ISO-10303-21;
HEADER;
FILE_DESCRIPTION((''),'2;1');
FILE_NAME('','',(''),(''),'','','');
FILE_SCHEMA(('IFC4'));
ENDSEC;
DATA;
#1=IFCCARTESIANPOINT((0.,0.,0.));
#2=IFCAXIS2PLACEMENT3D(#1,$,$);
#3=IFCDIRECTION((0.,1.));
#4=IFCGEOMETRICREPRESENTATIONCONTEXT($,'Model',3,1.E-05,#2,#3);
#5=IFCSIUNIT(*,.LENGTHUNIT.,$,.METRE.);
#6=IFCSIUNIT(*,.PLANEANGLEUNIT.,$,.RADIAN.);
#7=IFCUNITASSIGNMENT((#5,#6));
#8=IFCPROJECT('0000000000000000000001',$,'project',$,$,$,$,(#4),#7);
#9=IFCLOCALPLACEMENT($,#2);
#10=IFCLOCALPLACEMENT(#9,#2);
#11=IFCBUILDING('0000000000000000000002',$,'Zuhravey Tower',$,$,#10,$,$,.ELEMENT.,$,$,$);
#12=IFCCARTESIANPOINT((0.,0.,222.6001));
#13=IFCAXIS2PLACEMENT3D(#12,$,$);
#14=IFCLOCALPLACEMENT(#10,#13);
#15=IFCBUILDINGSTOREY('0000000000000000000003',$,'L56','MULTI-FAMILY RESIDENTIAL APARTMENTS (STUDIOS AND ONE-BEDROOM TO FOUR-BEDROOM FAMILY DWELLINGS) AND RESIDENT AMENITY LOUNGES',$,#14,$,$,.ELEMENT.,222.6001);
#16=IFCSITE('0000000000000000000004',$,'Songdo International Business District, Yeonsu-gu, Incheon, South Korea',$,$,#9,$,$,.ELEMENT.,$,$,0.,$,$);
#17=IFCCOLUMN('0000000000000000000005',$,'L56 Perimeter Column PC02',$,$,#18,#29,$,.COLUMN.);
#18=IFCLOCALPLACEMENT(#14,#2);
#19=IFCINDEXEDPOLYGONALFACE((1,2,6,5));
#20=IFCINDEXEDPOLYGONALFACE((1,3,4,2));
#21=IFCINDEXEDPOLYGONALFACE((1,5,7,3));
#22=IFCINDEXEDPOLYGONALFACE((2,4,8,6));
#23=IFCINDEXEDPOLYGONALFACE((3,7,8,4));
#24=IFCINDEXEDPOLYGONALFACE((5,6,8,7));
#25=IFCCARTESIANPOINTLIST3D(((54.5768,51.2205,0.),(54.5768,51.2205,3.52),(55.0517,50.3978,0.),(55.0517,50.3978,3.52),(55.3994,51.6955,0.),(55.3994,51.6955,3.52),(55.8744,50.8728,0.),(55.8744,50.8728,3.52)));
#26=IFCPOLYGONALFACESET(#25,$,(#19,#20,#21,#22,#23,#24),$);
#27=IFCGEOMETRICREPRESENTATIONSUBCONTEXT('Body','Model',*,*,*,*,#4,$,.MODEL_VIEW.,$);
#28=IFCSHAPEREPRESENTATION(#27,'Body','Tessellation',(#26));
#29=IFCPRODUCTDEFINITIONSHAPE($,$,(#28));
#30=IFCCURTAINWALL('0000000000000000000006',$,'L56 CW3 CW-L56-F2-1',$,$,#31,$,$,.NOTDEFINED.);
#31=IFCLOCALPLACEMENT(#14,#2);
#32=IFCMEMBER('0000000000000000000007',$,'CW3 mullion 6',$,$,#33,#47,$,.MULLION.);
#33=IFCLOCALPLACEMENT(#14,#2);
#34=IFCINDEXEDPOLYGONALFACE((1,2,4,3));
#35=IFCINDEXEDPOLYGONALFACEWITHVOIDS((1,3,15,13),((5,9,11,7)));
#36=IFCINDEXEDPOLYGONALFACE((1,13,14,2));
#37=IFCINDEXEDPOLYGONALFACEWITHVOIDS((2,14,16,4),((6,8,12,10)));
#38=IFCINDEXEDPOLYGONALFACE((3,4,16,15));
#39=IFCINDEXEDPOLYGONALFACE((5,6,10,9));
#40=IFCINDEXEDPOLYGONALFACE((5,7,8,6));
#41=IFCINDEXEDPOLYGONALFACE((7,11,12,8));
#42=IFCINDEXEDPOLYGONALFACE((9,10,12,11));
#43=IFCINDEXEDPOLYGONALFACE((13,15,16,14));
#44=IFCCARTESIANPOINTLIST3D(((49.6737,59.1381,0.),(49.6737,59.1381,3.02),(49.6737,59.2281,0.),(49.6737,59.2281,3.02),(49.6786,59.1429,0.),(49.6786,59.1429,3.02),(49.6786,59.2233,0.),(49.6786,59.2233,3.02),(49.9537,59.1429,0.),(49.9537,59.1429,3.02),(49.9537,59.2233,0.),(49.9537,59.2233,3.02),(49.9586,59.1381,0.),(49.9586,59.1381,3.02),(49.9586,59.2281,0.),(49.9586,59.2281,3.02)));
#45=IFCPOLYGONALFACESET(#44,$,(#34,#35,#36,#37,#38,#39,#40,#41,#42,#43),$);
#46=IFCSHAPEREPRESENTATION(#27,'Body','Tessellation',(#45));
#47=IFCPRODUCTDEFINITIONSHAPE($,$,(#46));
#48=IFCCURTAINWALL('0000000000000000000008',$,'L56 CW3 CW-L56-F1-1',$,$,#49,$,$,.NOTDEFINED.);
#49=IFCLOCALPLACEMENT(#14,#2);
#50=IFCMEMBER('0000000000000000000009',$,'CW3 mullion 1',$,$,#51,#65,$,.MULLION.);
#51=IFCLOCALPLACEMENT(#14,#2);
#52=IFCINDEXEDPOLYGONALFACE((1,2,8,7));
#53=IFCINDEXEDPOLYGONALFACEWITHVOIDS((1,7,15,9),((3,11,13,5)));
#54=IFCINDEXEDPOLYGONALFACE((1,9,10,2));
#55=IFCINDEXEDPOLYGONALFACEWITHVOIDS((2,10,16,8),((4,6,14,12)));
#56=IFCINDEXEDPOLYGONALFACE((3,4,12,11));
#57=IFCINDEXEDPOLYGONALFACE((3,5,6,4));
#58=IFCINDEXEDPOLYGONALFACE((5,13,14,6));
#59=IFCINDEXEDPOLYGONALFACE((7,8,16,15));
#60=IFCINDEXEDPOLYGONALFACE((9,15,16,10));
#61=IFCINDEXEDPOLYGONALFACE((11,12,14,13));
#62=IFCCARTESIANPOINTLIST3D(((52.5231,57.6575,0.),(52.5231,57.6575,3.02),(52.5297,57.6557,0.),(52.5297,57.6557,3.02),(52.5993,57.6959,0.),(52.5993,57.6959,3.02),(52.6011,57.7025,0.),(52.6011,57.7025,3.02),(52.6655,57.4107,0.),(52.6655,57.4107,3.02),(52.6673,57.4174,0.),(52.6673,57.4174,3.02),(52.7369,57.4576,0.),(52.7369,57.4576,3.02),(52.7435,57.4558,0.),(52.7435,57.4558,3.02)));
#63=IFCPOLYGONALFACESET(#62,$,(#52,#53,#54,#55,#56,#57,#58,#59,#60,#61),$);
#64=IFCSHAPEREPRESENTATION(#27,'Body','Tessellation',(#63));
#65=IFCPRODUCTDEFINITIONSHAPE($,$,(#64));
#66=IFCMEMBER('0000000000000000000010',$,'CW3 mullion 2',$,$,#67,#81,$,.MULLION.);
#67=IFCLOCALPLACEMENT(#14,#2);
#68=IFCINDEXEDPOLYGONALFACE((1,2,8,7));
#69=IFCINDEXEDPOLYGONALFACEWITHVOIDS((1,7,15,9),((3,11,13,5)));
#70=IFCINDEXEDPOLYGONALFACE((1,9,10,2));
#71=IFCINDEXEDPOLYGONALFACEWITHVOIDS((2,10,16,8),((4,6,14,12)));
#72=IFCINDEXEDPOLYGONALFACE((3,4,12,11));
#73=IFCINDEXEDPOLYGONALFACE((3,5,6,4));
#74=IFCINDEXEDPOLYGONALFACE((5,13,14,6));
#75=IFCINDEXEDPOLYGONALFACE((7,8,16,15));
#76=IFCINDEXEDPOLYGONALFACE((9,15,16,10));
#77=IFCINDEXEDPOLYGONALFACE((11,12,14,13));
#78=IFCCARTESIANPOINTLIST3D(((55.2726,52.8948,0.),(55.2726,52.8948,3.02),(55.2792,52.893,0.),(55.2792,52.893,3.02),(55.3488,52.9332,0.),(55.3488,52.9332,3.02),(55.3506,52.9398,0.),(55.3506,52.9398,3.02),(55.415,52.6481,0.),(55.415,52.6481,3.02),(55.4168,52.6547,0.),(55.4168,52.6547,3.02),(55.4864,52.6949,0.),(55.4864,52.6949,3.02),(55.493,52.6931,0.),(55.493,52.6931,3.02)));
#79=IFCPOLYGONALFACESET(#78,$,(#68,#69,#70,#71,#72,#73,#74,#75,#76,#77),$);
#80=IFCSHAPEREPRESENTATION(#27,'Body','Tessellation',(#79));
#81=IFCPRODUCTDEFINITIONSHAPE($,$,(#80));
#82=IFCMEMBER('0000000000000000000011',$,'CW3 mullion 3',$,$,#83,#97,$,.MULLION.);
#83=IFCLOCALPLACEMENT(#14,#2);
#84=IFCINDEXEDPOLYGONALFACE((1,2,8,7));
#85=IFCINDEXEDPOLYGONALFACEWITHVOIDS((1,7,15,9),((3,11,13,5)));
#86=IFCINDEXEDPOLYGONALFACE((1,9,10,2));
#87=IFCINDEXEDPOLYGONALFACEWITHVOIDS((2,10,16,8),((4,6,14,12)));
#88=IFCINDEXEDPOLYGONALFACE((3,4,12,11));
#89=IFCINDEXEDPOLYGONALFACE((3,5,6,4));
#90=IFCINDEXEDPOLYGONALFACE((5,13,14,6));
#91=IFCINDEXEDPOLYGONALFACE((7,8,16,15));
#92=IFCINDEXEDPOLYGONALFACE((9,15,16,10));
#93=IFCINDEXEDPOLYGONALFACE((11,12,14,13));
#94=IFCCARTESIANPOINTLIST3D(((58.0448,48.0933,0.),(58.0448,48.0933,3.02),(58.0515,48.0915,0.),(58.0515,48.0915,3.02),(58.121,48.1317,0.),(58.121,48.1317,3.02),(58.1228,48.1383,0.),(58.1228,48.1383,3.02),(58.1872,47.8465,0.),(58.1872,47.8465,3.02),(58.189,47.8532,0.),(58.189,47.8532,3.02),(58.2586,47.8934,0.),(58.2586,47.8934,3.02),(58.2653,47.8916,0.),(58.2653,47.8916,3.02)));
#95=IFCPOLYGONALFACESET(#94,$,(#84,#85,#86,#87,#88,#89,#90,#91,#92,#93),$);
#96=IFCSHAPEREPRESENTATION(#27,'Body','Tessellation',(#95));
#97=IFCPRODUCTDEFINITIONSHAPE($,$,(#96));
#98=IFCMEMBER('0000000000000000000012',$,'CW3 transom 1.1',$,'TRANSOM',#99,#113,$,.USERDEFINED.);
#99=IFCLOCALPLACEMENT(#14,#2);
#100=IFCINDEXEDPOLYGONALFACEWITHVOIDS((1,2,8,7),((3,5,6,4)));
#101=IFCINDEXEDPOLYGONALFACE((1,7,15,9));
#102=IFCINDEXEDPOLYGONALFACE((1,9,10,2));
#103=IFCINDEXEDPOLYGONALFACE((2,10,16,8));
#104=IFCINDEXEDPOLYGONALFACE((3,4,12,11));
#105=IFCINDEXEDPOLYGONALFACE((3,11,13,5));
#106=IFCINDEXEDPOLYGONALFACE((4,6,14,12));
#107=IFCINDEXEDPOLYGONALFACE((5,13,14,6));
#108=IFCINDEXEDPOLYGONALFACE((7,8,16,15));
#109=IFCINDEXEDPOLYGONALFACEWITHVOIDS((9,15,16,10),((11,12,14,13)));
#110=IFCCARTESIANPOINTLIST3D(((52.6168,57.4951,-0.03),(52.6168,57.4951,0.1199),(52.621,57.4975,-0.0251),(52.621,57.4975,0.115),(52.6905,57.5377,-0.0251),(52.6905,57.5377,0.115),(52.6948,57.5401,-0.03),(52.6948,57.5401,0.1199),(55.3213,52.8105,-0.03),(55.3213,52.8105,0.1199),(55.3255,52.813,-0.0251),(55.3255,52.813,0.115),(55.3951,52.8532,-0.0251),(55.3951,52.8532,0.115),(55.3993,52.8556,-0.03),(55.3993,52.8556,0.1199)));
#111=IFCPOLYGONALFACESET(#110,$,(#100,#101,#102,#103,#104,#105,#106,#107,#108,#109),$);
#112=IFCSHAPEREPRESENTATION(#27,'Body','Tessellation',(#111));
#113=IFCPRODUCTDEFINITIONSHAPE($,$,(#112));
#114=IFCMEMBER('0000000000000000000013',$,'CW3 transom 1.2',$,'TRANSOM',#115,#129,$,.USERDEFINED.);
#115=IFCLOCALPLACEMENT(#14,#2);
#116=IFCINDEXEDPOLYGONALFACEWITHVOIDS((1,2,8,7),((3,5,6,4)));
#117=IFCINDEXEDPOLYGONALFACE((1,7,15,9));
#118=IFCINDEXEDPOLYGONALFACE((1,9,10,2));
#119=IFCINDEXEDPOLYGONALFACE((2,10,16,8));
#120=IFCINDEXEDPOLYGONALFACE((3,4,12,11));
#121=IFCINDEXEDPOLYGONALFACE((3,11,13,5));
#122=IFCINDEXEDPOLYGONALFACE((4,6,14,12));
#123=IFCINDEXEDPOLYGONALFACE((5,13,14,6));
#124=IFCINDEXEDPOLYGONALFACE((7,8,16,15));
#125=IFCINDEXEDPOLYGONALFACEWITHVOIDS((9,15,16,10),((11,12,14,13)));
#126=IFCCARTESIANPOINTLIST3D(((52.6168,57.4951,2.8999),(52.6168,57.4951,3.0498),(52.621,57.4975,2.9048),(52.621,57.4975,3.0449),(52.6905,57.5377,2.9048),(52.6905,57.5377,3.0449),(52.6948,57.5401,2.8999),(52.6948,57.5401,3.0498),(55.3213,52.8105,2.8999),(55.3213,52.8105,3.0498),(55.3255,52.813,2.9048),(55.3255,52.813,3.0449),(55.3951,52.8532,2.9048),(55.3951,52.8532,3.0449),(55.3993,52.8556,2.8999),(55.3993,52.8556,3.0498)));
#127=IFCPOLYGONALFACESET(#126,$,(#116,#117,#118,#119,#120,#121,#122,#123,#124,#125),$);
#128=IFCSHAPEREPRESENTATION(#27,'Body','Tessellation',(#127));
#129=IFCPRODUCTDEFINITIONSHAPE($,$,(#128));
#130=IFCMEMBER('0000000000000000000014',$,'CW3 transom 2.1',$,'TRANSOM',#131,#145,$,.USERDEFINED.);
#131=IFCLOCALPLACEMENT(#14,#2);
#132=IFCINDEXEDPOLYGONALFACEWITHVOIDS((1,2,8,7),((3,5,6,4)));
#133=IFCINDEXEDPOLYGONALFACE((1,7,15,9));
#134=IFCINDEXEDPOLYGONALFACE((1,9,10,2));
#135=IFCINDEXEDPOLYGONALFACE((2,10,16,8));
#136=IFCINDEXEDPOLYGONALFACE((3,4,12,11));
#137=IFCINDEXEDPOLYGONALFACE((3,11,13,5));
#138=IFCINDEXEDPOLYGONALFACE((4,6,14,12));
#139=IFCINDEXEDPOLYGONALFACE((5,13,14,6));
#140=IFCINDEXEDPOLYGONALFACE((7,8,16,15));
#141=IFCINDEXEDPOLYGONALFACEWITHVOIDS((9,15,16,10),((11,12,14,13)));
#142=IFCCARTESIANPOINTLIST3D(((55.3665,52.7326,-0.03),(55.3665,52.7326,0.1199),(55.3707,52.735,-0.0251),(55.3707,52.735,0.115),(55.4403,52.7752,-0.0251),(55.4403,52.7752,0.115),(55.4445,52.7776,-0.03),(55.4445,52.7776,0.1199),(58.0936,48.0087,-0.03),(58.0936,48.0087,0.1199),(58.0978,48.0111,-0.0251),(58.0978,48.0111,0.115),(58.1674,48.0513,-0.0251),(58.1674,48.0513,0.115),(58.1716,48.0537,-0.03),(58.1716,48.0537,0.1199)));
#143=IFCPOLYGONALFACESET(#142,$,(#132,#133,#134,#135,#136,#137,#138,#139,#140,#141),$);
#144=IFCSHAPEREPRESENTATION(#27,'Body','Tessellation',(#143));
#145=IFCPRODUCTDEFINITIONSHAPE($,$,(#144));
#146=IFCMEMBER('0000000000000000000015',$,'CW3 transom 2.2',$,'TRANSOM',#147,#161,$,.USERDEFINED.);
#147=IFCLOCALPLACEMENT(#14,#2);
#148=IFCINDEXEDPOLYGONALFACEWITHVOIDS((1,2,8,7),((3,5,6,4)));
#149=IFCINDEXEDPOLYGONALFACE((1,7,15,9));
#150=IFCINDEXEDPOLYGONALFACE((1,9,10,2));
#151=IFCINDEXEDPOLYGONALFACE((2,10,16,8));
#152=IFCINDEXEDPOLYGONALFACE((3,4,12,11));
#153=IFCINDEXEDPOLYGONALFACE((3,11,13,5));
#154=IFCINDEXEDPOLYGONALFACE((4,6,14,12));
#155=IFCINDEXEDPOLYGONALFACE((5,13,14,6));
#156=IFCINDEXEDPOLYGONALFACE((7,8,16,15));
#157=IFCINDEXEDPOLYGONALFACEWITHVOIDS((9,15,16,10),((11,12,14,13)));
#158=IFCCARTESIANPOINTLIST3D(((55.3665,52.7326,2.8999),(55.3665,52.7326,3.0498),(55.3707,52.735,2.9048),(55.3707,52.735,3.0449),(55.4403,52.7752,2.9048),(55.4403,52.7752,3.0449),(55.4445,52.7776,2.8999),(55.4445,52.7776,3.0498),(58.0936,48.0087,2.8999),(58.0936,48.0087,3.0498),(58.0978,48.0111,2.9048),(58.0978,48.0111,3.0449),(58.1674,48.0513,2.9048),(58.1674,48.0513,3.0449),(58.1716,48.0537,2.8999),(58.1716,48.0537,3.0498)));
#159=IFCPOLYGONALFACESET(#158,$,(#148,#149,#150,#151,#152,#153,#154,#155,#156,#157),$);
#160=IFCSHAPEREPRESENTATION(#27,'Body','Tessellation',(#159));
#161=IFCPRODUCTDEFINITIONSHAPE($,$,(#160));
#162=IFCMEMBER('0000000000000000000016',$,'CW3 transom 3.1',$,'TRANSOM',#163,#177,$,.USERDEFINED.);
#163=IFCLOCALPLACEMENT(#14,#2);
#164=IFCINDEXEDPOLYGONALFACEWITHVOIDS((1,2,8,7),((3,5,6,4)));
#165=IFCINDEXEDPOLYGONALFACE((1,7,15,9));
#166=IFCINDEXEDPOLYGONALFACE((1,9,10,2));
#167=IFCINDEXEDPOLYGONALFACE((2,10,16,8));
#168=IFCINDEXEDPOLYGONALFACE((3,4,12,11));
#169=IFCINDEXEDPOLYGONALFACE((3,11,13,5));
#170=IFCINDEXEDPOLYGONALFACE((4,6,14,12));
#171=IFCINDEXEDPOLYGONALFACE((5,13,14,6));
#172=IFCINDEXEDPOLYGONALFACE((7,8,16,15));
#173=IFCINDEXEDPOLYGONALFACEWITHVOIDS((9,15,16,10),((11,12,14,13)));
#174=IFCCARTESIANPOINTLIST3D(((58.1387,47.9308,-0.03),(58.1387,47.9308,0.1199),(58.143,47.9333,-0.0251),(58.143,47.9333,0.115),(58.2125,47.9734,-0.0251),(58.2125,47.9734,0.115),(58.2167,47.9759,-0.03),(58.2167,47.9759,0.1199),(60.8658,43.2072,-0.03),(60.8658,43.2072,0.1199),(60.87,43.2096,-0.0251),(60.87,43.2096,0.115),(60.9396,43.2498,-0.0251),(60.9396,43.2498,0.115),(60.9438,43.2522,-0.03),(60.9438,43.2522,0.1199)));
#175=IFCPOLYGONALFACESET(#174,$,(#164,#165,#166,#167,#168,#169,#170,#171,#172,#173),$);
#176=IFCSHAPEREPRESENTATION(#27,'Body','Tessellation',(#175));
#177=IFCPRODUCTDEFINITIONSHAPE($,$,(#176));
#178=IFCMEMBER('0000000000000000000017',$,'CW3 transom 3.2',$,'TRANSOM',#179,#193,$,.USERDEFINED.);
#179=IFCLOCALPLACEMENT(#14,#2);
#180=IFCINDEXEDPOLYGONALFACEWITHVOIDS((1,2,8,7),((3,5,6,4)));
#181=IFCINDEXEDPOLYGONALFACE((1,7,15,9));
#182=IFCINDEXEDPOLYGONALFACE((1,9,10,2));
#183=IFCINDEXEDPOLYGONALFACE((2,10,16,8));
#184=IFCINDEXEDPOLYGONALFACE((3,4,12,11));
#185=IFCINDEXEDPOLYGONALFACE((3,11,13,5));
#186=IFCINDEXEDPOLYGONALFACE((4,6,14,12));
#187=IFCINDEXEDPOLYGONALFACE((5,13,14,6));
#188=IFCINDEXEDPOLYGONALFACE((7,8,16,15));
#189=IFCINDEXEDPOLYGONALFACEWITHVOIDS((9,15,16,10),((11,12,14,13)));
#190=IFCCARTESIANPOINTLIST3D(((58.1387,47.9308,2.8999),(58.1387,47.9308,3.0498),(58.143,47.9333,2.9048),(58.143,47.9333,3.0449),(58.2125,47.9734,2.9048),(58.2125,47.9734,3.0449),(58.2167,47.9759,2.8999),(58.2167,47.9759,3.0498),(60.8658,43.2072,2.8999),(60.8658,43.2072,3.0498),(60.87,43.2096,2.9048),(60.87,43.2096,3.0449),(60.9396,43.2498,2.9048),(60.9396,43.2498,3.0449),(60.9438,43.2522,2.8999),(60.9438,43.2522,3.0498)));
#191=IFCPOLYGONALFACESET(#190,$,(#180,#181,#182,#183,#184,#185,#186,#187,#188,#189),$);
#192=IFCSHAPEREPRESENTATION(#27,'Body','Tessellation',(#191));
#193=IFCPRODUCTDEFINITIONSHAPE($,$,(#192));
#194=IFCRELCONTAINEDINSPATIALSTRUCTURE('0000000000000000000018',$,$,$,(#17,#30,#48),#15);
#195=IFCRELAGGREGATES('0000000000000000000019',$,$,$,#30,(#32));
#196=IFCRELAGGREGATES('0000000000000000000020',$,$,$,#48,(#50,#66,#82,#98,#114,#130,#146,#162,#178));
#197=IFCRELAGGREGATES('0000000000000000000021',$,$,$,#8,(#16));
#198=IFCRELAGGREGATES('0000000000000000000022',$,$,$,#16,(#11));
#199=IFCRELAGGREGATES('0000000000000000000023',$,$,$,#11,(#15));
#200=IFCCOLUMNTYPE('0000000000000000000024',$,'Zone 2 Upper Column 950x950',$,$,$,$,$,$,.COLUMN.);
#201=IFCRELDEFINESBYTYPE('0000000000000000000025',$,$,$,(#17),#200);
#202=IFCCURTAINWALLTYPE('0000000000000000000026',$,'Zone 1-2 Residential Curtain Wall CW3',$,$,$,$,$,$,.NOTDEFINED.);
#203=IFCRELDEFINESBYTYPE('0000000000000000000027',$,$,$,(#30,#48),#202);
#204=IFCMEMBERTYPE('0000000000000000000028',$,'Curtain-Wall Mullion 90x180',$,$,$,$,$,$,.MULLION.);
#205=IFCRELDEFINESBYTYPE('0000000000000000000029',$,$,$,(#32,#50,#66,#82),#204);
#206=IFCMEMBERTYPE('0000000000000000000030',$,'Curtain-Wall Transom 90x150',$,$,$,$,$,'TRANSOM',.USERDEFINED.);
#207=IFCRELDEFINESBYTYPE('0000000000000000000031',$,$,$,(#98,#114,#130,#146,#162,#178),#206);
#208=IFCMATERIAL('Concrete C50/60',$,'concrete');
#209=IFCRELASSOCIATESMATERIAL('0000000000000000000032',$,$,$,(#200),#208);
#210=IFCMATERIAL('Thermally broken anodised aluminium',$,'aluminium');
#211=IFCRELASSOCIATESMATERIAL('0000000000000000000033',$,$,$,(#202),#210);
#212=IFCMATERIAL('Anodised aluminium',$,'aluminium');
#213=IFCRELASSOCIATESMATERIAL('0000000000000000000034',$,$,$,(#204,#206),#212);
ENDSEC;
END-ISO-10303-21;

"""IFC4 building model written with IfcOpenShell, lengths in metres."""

from ifc_helpers import new_model, si_unit, direction, frame, origin, origin_2d, place, context, subcontext, project, spatial, rectangle, hollow_rectangle, extrude, material, material_profile, profile_set, type_object, element, aggregate, save


model = new_model("IFC4")

# Units and contexts
model_context = context("Model", 3, precision=1e-05, world=origin(), true_north=direction((0.0, 1.0)))
body_context = subcontext(model_context, "Body", "Model", "MODEL_VIEW")
ifc_project = project(units=[si_unit("LENGTHUNIT", "METRE"), si_unit("PLANEANGLEUNIT", "RADIAN")], contexts=[model_context])

# Site, building, storey
site_placement = place(None, origin())
site = spatial("IfcSite", under=ifc_project, at=site_placement, Name="Songdo International Business District, Yeonsu-gu, Incheon, South Korea", CompositionType="ELEMENT", RefElevation=0.0)
building_placement = place(site_placement, origin())
building = spatial("IfcBuilding", under=site, at=building_placement, Name="Zuhravey Tower", CompositionType="ELEMENT")
storey_placement = place(building_placement, frame((0.0, 0.0, 222.6001)))
storey = spatial("IfcBuildingStorey", under=building, at=storey_placement, Name="L56", Description="MULTI-FAMILY RESIDENTIAL APARTMENTS (STUDIOS AND ONE-BEDROOM TO FOUR-BEDROOM FAMILY DWELLINGS) AND RESIDENT AMENITY LOUNGES", CompositionType="ELEMENT", Elevation=222.6001)

# Column
ifc_material_1 = material(Name="Concrete C50/60", Category="concrete")
ifc_material_profile_1 = material_profile(ifc_material_1, rectangle(XDim=0.95, YDim=0.95, at=origin_2d()), Name="RC-950x950")
ifc_profile_set_1 = profile_set([ifc_material_profile_1], Name="Concrete C50/60")
column_type = type_object("IfcColumnType", Name="Zone 2 Upper Column 950x950", PredefinedType="COLUMN", material=ifc_profile_set_1)
column_placement = place(storey_placement, frame((55.2256, 51.0466, 0.0), z_axis=(0.0, 0.0, 1.0), x_axis=(-0.5, 0.866025, 0.0)))
element("IfcColumn", 1, at=column_placement, inside=storey, type_object=column_type, Name="L56 Perimeter Column PC02", PredefinedType="COLUMN", context=body_context, shape_type="SweptSolid", body=[
    extrude(rectangle(XDim=0.95, YDim=0.95, at=origin_2d()), origin(), (0.0, 0.0, 1.0), 3.52),
])

# Curtain wall, member
ifc_material_2 = material(Name="Thermally broken anodised aluminium", Category="aluminium")
curtain_wall_type = type_object("IfcCurtainWallType", Name="Zone 1-2 Residential Curtain Wall CW3", PredefinedType="NOTDEFINED", material=ifc_material_2)
curtain_wall_1_placement = place(storey_placement, origin())
curtain_wall_1 = element("IfcCurtainWall", 2, at=curtain_wall_1_placement, inside=storey, type_object=curtain_wall_type, Name="L56 CW3 CW-L56-F2-1", PredefinedType="NOTDEFINED")
ifc_material_3 = material(Name="Anodised aluminium", Category="aluminium")
ifc_material_profile_2 = material_profile(ifc_material_3, hollow_rectangle(XDim=0.0901, YDim=0.2849, WallThickness=0.0049, at=origin_2d()), Name="ALU-RHS-90x285x5")
ifc_profile_set_2 = profile_set([ifc_material_profile_2], Name="Anodised aluminium")
member_type_1 = type_object("IfcMemberType", Name="Curtain-Wall Mullion 90x180", PredefinedType="MULLION", material=ifc_profile_set_2)
member_1_placement = place(storey_placement, frame((49.8162, 59.1831, 0.0), z_axis=(0.0, 0.0, 1.0), x_axis=(0.0, 1.0, 0.0)))
member_1 = element("IfcMember", 3, at=member_1_placement, type_object=member_type_1, Name="CW3 mullion 6", PredefinedType="MULLION", context=body_context, shape_type="SweptSolid", body=[
    extrude(hollow_rectangle(XDim=0.0901, YDim=0.2849, WallThickness=0.0049, at=origin_2d()), origin(), (0.0, 0.0, 1.0), 3.02),
])
aggregate(curtain_wall_1, [member_1])

# Curtain wall, members
curtain_wall_2_placement = place(storey_placement, origin())
curtain_wall_2 = element("IfcCurtainWall", 4, at=curtain_wall_2_placement, inside=storey, type_object=curtain_wall_type, Name="L56 CW3 CW-L56-F1-1", PredefinedType="NOTDEFINED")
member_2_placement = place(storey_placement, frame((52.6333, 57.5566, 0.0), z_axis=(0.0, 0.0, 1.0), x_axis=(0.866025, 0.5, 0.0)))
member_2 = element("IfcMember", 5, at=member_2_placement, type_object=member_type_1, Name="CW3 mullion 1", PredefinedType="MULLION", context=body_context, shape_type="SweptSolid", body=[
    extrude(hollow_rectangle(XDim=0.0901, YDim=0.2849, WallThickness=0.0049, at=origin_2d()), origin(), (0.0, 0.0, 1.0), 3.02),
])
member_3_placement = place(storey_placement, frame((55.3828, 52.7939, 0.0), z_axis=(0.0, 0.0, 1.0), x_axis=(0.866025, 0.5, 0.0)))
member_3 = element("IfcMember", 6, at=member_3_placement, type_object=member_type_1, Name="CW3 mullion 2", PredefinedType="MULLION", context=body_context, shape_type="SweptSolid", body=[
    extrude(hollow_rectangle(XDim=0.0901, YDim=0.2849, WallThickness=0.0049, at=origin_2d()), origin(), (0.0, 0.0, 1.0), 3.02),
])
member_4_placement = place(storey_placement, frame((58.155, 47.9924, 0.0), z_axis=(0.0, 0.0, 1.0), x_axis=(0.866025, 0.5, 0.0)))
member_4 = element("IfcMember", 7, at=member_4_placement, type_object=member_type_1, Name="CW3 mullion 3", PredefinedType="MULLION", context=body_context, shape_type="SweptSolid", body=[
    extrude(hollow_rectangle(XDim=0.0901, YDim=0.2849, WallThickness=0.0049, at=origin_2d()), origin(), (0.0, 0.0, 1.0), 3.02),
])
ifc_material_profile_3 = material_profile(ifc_material_3, hollow_rectangle(XDim=0.0901, YDim=0.1499, WallThickness=0.0049, at=origin_2d()), Name="ALU-RHS-90x150x5")
ifc_profile_set_3 = profile_set([ifc_material_profile_3], Name="Anodised aluminium")
member_type_2 = type_object("IfcMemberType", Name="Curtain-Wall Transom 90x150", ElementType="TRANSOM", PredefinedType="USERDEFINED", material=ifc_profile_set_3)
member_5_placement = place(storey_placement, frame((52.6558, 57.5176, 0.0449), z_axis=(0.499993, -0.866029, 0.0), x_axis=(0.866029, 0.499993, 0.0)))
member_5 = element("IfcMember", 8, at=member_5_placement, type_object=member_type_2, Name="CW3 transom 1.1", ObjectType="TRANSOM", PredefinedType="USERDEFINED", context=body_context, shape_type="SweptSolid", body=[
    extrude(hollow_rectangle(XDim=0.0901, YDim=0.1499, WallThickness=0.0049, at=origin_2d()), origin(), (0.0, 0.0, 1.0), 5.4092),
])
member_6_placement = place(storey_placement, frame((52.6558, 57.5176, 2.9749), z_axis=(0.499993, -0.866029, 0.0), x_axis=(0.866029, 0.499993, 0.0)))
member_6 = element("IfcMember", 9, at=member_6_placement, type_object=member_type_2, Name="CW3 transom 1.2", ObjectType="TRANSOM", PredefinedType="USERDEFINED", context=body_context, shape_type="SweptSolid", body=[
    extrude(hollow_rectangle(XDim=0.0901, YDim=0.1499, WallThickness=0.0049, at=origin_2d()), origin(), (0.0, 0.0, 1.0), 5.4092),
])
member_7_placement = place(storey_placement, frame((55.4055, 52.7551, 0.0449), z_axis=(0.499961, -0.866048, 0.0), x_axis=(0.866048, 0.499961, 0.0)))
member_7 = element("IfcMember", 10, at=member_7_placement, type_object=member_type_2, Name="CW3 transom 2.1", ObjectType="TRANSOM", PredefinedType="USERDEFINED", context=body_context, shape_type="SweptSolid", body=[
    extrude(hollow_rectangle(XDim=0.0901, YDim=0.1499, WallThickness=0.0049, at=origin_2d()), origin(), (0.0, 0.0, 1.0), 5.4546),
])
member_8_placement = place(storey_placement, frame((55.4055, 52.7551, 2.9749), z_axis=(0.499961, -0.866048, 0.0), x_axis=(0.866048, 0.499961, 0.0)))
member_8 = element("IfcMember", 11, at=member_8_placement, type_object=member_type_2, Name="CW3 transom 2.2", ObjectType="TRANSOM", PredefinedType="USERDEFINED", context=body_context, shape_type="SweptSolid", body=[
    extrude(hollow_rectangle(XDim=0.0901, YDim=0.1499, WallThickness=0.0049, at=origin_2d()), origin(), (0.0, 0.0, 1.0), 5.4546),
])
member_9_placement = place(storey_placement, frame((58.1777, 47.9534, 0.0449), z_axis=(0.499981, -0.866037, 0.0), x_axis=(0.866037, 0.499981, 0.0)))
member_9 = element("IfcMember", 12, at=member_9_placement, type_object=member_type_2, Name="CW3 transom 3.1", ObjectType="TRANSOM", PredefinedType="USERDEFINED", context=body_context, shape_type="SweptSolid", body=[
    extrude(hollow_rectangle(XDim=0.0901, YDim=0.1499, WallThickness=0.0049, at=origin_2d()), origin(), (0.0, 0.0, 1.0), 5.4543),
])
member_10_placement = place(storey_placement, frame((58.1777, 47.9534, 2.9749), z_axis=(0.499981, -0.866037, 0.0), x_axis=(0.866037, 0.499981, 0.0)))
member_10 = element("IfcMember", 13, at=member_10_placement, type_object=member_type_2, Name="CW3 transom 3.2", ObjectType="TRANSOM", PredefinedType="USERDEFINED", context=body_context, shape_type="SweptSolid", body=[
    extrude(hollow_rectangle(XDim=0.0901, YDim=0.1499, WallThickness=0.0049, at=origin_2d()), origin(), (0.0, 0.0, 1.0), 5.4543),
])

aggregate(curtain_wall_2, [member_2, member_3, member_4, member_5, member_6, member_7, member_8, member_9, member_10])

save(model, "model.ifc")
